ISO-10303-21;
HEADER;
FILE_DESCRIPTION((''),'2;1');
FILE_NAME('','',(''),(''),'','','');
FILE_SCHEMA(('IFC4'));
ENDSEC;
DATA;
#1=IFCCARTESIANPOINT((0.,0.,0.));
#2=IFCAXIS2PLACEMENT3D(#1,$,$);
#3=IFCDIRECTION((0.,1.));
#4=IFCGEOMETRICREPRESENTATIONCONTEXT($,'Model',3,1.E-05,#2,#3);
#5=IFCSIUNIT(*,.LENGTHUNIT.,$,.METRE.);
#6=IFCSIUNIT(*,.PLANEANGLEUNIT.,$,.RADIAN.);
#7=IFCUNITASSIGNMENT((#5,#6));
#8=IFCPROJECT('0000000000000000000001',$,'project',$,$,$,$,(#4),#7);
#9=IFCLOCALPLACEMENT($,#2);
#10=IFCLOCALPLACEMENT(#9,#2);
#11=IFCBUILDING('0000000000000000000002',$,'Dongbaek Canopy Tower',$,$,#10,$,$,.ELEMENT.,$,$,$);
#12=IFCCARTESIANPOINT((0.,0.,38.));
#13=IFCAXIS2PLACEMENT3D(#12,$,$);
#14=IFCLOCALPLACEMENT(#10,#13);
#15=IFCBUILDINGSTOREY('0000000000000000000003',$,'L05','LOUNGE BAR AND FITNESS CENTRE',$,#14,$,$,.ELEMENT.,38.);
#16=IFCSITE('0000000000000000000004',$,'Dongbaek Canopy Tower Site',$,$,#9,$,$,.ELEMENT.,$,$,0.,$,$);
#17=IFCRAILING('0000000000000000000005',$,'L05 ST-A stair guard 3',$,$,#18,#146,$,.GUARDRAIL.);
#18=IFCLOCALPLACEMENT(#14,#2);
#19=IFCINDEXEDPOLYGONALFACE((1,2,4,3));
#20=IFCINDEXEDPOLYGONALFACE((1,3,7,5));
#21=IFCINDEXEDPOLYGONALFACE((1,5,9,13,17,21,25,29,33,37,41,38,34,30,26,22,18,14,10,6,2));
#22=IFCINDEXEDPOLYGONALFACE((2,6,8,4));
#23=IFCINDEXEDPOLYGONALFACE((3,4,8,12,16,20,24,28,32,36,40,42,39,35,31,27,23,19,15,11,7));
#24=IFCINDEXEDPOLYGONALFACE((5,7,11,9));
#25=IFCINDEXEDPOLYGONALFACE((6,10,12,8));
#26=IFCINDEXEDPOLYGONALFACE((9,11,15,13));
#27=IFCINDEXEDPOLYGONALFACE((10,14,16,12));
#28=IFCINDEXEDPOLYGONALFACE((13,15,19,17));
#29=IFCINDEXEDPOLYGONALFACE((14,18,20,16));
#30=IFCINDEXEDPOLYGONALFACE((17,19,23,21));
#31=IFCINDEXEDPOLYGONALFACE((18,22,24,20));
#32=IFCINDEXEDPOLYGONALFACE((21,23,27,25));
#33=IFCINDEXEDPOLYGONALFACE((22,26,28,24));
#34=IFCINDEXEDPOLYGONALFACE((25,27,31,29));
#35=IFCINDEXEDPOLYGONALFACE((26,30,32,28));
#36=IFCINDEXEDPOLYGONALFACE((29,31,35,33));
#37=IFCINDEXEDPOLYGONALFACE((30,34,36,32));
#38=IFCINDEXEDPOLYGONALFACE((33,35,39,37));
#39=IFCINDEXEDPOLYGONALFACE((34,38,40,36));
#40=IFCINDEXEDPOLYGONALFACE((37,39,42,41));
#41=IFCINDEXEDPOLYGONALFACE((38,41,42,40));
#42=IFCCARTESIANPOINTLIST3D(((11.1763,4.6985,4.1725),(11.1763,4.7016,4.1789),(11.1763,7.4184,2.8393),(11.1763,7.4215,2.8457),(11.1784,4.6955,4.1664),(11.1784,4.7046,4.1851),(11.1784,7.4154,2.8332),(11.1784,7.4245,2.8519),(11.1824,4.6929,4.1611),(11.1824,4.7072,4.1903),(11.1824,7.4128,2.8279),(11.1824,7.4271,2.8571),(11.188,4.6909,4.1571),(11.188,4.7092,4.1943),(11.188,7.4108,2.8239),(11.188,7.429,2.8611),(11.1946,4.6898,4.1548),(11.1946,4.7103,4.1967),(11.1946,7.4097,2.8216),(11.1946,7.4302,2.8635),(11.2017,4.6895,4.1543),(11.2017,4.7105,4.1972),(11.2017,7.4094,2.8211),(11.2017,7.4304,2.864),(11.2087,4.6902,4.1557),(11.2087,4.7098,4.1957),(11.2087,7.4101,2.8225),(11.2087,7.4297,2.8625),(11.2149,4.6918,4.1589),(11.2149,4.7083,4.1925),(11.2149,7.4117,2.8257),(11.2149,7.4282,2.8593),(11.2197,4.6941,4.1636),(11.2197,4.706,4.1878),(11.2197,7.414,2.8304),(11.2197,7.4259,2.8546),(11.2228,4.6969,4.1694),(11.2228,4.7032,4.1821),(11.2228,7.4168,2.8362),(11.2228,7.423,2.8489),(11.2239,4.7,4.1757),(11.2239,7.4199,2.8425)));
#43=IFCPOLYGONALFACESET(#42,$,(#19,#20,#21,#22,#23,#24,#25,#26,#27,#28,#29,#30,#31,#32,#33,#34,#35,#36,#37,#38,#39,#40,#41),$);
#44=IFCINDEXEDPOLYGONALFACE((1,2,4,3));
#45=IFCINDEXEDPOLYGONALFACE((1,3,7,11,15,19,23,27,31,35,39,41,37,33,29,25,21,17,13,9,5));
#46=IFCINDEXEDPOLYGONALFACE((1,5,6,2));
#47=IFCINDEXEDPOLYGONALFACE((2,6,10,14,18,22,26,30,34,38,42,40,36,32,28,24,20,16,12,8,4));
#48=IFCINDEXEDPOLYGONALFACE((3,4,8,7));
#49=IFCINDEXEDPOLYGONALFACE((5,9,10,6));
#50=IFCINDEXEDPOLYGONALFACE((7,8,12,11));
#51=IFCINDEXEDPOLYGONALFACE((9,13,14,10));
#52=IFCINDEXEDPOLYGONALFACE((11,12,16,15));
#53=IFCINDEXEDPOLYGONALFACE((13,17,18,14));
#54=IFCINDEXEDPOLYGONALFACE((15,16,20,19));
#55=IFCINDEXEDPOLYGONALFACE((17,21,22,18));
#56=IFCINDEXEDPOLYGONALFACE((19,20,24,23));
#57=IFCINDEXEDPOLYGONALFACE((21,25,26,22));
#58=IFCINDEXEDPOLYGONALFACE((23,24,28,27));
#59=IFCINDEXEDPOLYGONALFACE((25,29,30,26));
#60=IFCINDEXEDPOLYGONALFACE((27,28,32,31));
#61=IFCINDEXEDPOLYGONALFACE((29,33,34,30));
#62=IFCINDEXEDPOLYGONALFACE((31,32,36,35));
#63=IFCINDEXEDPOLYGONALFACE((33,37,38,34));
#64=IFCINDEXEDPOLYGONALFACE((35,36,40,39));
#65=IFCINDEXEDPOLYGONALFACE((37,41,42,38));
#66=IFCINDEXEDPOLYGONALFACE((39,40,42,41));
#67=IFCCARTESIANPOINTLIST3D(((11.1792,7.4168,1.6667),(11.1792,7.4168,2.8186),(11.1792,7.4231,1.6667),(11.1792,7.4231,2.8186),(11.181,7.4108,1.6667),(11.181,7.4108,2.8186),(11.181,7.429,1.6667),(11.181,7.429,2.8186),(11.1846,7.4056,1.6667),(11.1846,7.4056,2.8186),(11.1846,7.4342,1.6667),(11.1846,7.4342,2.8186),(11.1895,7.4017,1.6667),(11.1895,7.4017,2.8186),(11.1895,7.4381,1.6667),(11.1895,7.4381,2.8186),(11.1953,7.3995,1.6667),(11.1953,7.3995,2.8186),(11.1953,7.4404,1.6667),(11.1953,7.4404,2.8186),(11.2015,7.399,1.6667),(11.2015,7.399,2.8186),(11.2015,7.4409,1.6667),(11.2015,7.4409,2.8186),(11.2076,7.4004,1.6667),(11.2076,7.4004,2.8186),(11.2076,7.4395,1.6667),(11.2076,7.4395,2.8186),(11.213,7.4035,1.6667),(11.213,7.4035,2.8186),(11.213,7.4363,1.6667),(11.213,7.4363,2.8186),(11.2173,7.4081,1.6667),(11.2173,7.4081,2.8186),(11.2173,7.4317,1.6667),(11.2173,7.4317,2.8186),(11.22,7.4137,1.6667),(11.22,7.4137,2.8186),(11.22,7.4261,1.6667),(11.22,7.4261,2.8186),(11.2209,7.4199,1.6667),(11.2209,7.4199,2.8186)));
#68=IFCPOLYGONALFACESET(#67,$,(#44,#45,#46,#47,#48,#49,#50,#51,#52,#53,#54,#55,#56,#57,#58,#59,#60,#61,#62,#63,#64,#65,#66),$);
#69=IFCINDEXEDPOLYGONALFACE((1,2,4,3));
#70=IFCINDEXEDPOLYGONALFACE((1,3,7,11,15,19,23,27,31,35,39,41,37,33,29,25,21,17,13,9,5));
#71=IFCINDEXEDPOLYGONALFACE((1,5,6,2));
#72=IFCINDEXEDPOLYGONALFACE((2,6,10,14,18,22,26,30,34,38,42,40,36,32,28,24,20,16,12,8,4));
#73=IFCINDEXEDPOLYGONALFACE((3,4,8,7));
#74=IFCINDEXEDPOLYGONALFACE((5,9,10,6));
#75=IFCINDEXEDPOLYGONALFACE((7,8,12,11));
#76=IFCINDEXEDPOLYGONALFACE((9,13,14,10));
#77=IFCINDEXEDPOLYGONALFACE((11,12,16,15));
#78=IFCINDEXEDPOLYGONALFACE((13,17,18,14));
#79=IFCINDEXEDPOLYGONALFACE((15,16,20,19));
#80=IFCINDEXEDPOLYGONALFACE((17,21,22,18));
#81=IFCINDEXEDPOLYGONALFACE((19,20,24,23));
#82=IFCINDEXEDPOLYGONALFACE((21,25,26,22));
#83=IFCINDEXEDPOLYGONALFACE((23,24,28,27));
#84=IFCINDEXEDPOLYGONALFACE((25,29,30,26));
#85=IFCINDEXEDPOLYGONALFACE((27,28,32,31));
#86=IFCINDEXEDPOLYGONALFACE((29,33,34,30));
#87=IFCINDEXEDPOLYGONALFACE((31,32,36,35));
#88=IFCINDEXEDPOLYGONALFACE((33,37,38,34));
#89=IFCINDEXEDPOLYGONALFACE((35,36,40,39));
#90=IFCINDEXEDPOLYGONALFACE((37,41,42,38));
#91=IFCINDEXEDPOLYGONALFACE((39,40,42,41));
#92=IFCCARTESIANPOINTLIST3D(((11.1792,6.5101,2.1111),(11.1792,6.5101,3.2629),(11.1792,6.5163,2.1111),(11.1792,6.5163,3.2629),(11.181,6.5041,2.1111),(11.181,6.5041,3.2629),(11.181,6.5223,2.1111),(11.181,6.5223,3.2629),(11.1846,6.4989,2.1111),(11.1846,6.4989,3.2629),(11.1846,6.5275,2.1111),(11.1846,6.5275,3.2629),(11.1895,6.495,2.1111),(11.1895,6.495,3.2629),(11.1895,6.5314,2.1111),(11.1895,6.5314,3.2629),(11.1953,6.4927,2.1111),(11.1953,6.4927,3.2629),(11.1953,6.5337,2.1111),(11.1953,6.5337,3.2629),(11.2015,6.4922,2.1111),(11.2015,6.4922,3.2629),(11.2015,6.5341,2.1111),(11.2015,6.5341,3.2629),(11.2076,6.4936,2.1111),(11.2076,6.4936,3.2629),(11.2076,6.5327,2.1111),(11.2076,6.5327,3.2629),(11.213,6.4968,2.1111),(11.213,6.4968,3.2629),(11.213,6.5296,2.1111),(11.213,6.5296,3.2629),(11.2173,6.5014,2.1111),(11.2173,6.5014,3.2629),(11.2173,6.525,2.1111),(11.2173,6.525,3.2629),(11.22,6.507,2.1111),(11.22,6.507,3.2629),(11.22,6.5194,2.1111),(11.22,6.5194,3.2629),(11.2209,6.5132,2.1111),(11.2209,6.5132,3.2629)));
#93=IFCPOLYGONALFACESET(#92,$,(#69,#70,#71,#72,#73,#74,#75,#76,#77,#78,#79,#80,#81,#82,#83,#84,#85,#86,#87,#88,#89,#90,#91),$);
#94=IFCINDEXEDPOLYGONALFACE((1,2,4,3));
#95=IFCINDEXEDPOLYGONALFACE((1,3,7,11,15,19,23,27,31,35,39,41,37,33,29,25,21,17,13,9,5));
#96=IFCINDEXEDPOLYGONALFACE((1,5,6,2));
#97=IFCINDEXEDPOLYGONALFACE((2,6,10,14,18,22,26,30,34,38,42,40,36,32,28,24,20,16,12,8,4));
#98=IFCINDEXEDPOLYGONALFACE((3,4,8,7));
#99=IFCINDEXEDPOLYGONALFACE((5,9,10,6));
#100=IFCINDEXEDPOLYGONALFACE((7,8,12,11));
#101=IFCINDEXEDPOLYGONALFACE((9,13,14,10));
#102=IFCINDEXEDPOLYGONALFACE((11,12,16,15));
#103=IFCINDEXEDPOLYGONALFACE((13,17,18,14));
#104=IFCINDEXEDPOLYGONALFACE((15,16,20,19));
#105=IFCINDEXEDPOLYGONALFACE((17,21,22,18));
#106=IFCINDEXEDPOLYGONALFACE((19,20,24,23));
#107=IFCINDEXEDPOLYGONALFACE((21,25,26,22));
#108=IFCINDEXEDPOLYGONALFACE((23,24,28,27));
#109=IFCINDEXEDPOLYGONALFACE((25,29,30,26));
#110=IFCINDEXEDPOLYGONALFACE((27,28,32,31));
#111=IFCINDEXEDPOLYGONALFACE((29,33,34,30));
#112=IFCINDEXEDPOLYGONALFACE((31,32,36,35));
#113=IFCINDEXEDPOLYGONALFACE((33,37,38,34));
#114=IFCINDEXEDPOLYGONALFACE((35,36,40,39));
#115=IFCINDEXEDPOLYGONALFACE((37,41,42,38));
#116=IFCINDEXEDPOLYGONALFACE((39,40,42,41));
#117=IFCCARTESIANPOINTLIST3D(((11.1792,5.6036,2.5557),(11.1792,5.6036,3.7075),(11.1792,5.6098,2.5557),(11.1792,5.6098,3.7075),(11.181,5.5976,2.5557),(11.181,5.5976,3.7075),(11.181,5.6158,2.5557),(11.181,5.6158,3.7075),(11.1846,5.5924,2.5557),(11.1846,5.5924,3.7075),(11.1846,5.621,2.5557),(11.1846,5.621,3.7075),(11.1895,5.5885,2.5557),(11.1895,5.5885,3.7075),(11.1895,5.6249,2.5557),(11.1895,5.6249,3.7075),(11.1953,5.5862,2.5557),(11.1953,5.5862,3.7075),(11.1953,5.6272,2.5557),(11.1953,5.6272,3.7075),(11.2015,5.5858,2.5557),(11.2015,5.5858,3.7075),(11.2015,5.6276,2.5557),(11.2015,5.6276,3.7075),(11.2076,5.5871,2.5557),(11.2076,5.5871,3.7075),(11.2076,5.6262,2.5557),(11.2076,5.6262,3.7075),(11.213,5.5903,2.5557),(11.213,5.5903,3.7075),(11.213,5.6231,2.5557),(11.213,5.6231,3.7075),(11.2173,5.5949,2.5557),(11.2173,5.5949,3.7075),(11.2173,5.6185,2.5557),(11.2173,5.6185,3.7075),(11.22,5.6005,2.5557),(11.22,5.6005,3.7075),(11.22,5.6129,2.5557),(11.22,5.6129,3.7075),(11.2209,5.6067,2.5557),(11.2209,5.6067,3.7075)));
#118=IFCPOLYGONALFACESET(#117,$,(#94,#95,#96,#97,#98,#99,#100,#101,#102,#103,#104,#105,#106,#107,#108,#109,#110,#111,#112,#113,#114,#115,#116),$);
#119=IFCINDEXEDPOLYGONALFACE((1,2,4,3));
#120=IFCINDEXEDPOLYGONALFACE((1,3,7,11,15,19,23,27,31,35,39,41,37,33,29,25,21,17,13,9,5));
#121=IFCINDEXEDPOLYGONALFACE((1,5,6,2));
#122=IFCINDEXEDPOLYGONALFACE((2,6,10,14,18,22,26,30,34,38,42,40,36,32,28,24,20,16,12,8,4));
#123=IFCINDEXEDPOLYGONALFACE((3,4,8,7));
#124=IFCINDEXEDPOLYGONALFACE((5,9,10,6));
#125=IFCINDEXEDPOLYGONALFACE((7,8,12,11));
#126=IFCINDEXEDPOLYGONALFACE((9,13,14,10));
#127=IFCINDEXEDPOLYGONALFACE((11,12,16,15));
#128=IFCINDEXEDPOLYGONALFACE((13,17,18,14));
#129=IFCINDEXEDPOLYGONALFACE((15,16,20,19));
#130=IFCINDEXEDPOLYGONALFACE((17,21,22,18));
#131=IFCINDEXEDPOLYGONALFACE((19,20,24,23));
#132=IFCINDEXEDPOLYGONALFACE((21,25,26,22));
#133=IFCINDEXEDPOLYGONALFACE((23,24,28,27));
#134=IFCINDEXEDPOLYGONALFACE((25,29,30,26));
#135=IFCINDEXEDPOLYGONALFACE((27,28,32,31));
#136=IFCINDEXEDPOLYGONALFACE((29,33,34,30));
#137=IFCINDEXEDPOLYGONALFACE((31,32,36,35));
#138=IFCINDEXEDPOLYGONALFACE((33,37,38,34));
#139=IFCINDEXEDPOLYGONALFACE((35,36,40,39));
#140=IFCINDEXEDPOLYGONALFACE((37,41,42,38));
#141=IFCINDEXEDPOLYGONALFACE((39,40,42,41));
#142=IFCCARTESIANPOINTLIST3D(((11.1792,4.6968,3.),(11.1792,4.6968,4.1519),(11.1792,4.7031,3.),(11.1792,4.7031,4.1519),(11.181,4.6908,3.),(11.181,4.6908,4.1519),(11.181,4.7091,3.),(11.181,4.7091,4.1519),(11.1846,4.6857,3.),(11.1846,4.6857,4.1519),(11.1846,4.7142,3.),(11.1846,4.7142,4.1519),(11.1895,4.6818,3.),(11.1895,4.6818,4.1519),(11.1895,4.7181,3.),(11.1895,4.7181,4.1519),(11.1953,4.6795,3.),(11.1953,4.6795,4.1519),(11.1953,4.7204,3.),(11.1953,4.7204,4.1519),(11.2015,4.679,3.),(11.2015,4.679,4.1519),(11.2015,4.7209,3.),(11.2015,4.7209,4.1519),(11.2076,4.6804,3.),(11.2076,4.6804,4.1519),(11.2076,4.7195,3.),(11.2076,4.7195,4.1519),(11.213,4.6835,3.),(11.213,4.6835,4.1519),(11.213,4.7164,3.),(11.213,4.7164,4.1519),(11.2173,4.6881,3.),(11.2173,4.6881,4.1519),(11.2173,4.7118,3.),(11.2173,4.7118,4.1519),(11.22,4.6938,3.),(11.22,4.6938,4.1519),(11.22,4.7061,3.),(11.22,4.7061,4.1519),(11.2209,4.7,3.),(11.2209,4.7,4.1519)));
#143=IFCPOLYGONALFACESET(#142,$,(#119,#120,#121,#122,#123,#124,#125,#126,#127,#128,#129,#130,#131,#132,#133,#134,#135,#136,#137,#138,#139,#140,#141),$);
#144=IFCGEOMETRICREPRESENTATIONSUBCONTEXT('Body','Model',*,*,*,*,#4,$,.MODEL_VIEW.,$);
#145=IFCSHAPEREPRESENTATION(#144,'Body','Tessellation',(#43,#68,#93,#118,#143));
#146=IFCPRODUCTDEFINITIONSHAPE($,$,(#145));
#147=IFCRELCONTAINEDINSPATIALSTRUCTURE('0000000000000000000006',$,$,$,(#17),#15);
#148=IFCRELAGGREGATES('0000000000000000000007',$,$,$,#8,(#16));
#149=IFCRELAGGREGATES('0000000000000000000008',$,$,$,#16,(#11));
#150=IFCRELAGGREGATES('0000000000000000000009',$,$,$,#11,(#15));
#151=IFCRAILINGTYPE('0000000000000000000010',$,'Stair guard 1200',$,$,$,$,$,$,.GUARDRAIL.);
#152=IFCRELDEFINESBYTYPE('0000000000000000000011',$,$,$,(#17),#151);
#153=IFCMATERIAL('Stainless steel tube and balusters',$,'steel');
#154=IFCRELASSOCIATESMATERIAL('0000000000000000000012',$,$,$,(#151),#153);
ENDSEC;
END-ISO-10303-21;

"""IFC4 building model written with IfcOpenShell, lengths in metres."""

from ifc_helpers import new_model, si_unit, direction, frame, origin, origin_2d, place, context, subcontext, project, spatial, circle, extrude, material, type_object, element, save


model = new_model("IFC4")

# Units and contexts
model_context = context("Model", 3, precision=1e-05, world=origin(), true_north=direction((0.0, 1.0)))
body_context = subcontext(model_context, "Body", "Model", "MODEL_VIEW")
ifc_project = project(units=[si_unit("LENGTHUNIT", "METRE"), si_unit("PLANEANGLEUNIT", "RADIAN")], contexts=[model_context])

# Site, building, storey
site_placement = place(None, origin())
site = spatial("IfcSite", under=ifc_project, at=site_placement, Name="Dongbaek Canopy Tower Site", CompositionType="ELEMENT", RefElevation=0.0)
building_placement = place(site_placement, origin())
building = spatial("IfcBuilding", under=site, at=building_placement, Name="Dongbaek Canopy Tower", CompositionType="ELEMENT")
storey_placement = place(building_placement, frame((0.0, 0.0, 38.0)))
storey = spatial("IfcBuildingStorey", under=building, at=storey_placement, Name="L05", Description="LOUNGE BAR AND FITNESS CENTRE", CompositionType="ELEMENT", Elevation=38.0)

# Railing
ifc_material_1 = material(Name="Stainless steel tube and balusters", Category="steel")
railing_type_1 = type_object("IfcRailingType", Name="Stair guard 1200", PredefinedType="GUARDRAIL", material=ifc_material_1)
railing_1_placement = place(storey_placement, frame((11.2, 7.4199, 1.6667)))
element("IfcRailing", 1, at=railing_1_placement, inside=storey, type_object=railing_type_1, Name="L05 ST-A stair guard 3", PredefinedType="GUARDRAIL", context=body_context, shape_type="SweptSolid", body=[
    extrude(circle(Radius=0.0239, at=origin_2d()), frame((0.0, 0.0, 1.1758), z_axis=(0.0, -0.897929, 0.440139), x_axis=(1.0, 0.0, 0.0)), (0.0, 0.0, 1.0), 3.0291),
    extrude(circle(Radius=0.021, at=origin_2d()), origin(), (0.0, 0.0, 1.0), 1.1519),
    extrude(circle(Radius=0.021, at=origin_2d()), frame((0.0, -0.9067, 0.4443)), (0.0, 0.0, 1.0), 1.1519),
    extrude(circle(Radius=0.021, at=origin_2d()), frame((0.0, -1.8132, 0.8889)), (0.0, 0.0, 1.0), 1.1519),
    extrude(circle(Radius=0.021, at=origin_2d()), frame((0.0, -2.72, 1.3333)), (0.0, 0.0, 1.0), 1.1519),
])

save(model, "model.ifc")
